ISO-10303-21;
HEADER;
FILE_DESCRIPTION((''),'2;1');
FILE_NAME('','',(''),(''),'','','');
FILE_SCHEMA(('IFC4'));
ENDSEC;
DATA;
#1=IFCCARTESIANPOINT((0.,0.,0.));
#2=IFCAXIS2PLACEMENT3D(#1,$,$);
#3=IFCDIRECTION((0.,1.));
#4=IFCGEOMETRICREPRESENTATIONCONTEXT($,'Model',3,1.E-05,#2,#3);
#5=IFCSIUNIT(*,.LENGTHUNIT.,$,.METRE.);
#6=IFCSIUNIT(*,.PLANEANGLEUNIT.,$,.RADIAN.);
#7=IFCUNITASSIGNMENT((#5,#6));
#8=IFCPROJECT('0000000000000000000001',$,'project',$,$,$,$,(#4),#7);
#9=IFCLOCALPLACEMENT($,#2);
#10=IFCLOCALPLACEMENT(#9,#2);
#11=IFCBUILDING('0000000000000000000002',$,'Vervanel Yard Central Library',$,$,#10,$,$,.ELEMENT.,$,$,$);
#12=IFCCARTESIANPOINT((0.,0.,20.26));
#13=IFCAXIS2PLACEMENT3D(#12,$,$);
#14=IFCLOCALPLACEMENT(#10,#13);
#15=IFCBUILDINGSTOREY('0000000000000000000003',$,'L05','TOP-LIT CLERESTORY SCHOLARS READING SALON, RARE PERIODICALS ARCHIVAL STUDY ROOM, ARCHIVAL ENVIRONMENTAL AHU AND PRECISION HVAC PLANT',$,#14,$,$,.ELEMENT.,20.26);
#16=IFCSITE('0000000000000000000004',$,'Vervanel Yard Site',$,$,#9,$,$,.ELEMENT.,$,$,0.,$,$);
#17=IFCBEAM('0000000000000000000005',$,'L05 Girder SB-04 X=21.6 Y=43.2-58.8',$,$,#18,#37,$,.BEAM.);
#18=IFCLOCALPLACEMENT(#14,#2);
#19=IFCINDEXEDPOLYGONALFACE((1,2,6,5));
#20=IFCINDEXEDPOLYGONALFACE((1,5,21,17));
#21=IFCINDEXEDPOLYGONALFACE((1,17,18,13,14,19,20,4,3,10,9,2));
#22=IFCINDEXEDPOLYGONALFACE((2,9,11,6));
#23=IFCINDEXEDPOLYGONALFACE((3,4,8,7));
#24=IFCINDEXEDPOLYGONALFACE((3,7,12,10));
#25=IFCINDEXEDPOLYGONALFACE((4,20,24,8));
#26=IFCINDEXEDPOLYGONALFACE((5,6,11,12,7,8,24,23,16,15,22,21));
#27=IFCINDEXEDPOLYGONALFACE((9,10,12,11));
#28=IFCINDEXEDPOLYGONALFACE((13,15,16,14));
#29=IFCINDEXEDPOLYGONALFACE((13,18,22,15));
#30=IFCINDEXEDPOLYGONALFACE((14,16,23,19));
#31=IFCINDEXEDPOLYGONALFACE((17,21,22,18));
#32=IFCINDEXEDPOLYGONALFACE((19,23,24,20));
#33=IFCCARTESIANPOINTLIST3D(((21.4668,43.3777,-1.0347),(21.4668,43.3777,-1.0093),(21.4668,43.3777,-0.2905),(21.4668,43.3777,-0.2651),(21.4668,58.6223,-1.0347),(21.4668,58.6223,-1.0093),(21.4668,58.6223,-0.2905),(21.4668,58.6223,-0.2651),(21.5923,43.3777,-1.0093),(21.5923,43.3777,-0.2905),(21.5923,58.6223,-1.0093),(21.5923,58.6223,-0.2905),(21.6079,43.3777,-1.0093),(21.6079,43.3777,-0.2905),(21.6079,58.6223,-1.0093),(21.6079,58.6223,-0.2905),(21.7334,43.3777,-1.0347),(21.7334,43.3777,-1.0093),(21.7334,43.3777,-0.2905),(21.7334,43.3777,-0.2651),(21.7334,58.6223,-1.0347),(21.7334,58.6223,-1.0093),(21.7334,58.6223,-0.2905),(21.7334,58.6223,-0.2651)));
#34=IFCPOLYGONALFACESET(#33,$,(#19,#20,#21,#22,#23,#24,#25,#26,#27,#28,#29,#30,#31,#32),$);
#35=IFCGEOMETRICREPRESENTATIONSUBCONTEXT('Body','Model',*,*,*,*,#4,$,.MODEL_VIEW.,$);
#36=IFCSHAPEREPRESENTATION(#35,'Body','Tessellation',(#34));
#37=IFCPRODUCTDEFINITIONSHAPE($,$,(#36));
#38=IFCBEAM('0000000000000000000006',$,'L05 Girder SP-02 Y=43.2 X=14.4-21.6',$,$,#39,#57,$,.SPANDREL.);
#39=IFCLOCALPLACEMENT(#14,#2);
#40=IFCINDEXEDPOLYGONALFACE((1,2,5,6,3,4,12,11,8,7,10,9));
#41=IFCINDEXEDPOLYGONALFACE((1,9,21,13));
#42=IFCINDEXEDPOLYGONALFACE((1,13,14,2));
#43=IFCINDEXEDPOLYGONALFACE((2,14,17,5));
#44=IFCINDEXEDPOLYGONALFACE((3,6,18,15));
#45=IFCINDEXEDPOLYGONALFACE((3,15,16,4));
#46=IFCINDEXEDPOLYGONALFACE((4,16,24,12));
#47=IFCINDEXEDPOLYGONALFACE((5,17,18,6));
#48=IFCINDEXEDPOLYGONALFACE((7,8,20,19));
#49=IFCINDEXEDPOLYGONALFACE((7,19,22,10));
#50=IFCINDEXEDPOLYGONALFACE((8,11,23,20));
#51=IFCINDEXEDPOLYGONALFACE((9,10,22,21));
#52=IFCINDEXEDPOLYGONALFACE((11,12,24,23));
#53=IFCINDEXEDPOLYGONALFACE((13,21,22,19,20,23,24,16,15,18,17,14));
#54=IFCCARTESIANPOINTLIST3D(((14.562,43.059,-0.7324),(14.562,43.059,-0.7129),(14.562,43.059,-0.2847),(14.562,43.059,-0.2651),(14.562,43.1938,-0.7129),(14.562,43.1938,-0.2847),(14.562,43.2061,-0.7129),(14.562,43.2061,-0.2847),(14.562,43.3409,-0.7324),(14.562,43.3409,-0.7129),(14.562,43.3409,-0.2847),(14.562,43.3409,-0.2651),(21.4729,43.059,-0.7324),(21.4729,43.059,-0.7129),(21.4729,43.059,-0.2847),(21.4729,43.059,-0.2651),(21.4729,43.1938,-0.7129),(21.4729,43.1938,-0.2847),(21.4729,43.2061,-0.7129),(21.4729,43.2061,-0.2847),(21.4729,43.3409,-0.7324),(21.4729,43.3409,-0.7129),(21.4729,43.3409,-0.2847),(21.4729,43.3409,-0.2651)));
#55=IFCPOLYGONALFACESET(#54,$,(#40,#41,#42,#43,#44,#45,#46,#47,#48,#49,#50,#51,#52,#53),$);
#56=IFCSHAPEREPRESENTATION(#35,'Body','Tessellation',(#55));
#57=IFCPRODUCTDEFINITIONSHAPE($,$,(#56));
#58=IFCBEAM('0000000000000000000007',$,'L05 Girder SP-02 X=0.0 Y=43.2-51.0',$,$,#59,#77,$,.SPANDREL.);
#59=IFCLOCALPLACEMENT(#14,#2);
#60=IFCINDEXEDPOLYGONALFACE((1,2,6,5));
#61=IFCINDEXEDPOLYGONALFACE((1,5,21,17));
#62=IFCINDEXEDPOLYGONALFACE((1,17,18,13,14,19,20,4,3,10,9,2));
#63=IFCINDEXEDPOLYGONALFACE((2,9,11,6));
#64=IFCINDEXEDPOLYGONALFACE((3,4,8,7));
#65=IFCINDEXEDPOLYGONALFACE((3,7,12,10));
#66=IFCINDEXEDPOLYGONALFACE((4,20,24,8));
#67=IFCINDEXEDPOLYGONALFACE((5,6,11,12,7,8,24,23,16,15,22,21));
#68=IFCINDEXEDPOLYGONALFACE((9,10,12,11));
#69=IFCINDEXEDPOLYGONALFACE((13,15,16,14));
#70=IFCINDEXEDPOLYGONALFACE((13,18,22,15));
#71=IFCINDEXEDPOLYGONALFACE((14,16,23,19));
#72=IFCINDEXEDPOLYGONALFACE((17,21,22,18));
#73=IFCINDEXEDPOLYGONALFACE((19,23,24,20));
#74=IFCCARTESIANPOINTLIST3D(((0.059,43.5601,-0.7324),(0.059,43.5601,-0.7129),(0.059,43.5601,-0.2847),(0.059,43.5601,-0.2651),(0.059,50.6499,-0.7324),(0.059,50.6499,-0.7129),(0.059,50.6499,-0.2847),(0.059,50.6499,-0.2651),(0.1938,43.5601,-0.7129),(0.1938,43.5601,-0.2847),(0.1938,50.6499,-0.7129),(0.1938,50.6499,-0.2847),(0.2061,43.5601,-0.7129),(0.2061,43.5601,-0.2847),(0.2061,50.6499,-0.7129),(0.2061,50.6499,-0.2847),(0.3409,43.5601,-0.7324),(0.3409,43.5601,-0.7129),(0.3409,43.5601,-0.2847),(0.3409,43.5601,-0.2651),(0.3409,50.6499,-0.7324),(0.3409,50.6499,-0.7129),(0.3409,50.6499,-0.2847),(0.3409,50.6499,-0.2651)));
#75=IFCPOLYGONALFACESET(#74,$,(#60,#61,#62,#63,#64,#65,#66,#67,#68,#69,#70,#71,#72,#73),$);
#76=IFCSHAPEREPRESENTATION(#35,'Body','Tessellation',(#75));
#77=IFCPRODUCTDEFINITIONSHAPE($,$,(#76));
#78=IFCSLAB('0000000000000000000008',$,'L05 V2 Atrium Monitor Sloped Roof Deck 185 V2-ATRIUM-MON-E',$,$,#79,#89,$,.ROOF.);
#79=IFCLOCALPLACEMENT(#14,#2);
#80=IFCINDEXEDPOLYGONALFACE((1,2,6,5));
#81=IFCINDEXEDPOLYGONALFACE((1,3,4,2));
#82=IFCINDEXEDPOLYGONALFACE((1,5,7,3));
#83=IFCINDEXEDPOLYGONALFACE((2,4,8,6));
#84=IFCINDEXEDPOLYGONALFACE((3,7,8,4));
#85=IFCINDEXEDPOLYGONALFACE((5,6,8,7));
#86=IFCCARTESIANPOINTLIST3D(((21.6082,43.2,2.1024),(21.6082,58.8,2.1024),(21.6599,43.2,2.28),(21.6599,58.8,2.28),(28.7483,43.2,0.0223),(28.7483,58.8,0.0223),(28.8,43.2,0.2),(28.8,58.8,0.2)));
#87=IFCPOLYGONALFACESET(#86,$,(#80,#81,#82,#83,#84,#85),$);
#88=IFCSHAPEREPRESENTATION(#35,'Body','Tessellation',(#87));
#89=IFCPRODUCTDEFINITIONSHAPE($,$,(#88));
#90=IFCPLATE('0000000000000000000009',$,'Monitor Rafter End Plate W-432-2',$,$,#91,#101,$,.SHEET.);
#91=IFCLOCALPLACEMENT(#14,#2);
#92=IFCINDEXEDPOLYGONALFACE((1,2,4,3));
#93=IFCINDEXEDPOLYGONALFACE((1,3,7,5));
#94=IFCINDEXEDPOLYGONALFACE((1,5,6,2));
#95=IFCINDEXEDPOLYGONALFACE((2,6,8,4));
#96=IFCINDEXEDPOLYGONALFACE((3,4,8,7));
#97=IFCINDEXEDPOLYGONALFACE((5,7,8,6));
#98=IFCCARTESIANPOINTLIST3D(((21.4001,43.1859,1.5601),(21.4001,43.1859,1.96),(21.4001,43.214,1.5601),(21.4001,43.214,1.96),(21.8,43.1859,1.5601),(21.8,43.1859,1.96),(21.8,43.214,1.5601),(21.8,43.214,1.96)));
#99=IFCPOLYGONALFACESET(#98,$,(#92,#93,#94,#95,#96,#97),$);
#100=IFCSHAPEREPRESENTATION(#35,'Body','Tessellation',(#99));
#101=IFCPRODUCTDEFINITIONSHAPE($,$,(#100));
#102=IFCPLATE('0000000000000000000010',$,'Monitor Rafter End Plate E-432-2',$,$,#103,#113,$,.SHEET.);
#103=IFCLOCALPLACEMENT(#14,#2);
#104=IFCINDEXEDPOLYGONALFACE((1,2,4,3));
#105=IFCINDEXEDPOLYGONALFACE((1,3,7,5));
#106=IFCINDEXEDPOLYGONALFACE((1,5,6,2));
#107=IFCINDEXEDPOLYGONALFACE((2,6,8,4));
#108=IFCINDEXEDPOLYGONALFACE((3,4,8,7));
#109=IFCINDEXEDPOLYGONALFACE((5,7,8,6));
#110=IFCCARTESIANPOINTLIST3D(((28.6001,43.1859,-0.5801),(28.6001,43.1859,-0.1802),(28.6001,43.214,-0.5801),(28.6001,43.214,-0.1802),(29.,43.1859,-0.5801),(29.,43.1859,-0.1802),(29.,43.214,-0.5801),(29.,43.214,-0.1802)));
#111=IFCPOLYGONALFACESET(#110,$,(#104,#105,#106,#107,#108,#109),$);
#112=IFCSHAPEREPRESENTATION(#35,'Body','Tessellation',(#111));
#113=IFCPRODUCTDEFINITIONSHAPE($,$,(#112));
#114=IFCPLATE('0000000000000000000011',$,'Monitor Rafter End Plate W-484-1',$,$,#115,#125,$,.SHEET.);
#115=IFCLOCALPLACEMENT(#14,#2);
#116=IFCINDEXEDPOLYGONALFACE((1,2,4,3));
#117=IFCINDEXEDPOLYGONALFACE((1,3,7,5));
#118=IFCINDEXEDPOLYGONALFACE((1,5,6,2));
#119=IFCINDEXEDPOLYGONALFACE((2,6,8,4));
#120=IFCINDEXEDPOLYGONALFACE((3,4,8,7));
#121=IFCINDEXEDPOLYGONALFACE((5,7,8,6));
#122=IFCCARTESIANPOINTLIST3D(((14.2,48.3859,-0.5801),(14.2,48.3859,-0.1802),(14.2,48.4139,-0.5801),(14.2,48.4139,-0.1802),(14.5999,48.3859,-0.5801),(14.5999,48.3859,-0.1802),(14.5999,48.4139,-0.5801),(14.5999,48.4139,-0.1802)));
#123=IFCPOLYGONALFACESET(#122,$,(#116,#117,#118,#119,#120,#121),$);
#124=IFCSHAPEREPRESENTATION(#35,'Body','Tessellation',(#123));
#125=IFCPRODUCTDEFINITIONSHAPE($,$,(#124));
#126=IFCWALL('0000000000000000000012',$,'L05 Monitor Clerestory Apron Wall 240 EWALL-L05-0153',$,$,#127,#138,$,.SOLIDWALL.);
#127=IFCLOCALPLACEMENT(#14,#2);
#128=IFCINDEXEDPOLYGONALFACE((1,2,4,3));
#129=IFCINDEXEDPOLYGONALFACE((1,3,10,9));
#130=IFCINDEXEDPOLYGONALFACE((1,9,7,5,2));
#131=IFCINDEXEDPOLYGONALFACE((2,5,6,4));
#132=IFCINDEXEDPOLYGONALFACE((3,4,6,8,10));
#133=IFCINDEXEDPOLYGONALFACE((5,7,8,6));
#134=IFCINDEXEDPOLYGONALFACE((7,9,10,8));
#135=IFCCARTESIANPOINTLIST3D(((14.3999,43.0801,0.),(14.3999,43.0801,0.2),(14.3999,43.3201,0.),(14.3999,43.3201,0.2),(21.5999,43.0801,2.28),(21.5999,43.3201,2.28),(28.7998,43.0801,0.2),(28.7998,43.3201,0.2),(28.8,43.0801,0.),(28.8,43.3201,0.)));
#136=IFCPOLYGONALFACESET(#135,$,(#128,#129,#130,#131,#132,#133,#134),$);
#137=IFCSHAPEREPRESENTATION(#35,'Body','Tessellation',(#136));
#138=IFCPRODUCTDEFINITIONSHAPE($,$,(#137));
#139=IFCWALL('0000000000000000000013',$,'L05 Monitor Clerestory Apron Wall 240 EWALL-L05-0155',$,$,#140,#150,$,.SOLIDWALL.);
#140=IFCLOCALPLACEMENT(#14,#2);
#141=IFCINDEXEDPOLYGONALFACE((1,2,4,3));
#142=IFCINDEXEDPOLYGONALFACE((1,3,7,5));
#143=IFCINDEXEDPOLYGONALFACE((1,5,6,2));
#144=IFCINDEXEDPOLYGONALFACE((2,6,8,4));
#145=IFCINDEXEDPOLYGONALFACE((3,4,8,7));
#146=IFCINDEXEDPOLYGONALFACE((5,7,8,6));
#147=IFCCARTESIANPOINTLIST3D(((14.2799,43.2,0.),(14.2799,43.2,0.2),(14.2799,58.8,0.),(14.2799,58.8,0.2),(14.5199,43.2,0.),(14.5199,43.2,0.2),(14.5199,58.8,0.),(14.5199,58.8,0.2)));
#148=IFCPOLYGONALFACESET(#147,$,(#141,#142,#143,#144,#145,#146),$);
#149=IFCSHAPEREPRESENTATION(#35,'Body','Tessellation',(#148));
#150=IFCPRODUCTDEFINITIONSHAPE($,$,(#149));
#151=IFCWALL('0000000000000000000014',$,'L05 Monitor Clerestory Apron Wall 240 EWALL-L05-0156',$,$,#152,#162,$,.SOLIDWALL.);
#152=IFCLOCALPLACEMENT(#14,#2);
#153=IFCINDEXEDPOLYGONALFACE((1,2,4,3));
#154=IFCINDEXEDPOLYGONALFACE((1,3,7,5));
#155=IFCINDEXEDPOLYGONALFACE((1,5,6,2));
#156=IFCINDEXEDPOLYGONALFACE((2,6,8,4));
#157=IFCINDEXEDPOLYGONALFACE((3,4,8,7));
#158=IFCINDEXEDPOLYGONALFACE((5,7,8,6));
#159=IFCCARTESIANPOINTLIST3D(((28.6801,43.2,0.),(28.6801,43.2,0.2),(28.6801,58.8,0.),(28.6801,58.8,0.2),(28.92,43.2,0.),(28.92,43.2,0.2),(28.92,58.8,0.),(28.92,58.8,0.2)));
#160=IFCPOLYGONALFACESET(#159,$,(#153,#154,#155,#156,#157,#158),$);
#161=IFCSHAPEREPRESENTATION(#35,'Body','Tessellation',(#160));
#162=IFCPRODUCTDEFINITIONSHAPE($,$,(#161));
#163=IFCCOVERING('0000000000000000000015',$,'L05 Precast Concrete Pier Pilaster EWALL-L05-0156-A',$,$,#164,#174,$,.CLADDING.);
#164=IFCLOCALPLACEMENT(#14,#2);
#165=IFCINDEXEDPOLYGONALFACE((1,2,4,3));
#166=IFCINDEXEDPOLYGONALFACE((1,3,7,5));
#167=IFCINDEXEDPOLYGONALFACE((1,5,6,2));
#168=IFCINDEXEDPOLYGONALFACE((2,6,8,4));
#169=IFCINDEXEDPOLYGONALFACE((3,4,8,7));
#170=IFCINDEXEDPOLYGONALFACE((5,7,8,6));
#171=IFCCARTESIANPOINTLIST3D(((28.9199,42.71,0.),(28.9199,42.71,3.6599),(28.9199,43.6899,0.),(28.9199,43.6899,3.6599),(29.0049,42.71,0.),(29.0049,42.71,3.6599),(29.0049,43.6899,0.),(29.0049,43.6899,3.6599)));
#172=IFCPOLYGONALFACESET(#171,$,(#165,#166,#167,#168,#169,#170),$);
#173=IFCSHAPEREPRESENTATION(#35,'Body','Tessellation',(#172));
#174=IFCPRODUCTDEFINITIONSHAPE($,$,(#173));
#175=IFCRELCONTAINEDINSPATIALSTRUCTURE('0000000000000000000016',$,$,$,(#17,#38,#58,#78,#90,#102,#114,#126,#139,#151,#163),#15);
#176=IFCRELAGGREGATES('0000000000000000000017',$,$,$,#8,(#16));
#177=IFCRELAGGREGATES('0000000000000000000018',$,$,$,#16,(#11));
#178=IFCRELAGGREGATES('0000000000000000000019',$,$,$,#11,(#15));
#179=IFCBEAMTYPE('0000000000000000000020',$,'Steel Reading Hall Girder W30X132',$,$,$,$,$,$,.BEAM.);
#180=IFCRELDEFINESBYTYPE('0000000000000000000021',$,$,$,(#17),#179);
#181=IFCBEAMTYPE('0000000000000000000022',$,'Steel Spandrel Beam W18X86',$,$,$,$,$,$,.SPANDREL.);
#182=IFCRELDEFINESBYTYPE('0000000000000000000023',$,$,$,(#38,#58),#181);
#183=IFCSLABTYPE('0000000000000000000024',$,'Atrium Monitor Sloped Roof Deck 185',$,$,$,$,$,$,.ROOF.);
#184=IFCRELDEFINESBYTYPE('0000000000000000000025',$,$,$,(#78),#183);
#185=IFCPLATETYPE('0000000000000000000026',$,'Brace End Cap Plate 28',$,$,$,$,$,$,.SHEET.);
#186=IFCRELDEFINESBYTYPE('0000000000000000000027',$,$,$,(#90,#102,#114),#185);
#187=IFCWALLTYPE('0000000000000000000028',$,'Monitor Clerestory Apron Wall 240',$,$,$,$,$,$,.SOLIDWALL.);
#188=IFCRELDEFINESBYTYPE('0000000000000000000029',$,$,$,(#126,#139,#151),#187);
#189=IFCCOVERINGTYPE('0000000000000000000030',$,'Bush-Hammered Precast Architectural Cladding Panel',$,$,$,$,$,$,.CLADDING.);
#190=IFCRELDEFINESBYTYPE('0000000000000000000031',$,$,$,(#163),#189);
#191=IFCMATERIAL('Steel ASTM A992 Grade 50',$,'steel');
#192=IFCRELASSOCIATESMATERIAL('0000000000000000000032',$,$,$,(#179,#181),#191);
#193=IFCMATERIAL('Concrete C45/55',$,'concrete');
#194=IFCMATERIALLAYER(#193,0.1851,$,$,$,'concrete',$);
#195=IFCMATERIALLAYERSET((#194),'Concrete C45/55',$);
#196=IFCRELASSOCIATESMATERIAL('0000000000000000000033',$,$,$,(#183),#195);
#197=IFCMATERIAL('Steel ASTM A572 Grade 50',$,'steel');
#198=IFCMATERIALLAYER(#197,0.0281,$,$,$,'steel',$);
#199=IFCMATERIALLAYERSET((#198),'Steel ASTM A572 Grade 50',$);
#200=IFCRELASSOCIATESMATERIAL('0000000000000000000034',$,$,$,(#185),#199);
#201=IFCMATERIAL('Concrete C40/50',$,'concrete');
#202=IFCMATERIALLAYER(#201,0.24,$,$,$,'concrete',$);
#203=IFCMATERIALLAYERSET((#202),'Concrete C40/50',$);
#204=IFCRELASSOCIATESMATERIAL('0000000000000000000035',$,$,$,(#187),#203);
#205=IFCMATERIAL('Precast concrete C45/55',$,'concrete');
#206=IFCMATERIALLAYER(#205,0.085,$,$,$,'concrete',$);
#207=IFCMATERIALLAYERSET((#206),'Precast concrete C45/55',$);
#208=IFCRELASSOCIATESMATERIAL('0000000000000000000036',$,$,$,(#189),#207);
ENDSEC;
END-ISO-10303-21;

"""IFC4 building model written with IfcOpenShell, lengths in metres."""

from ifc_helpers import new_model, si_unit, direction, frame, frame_2d, origin, origin_2d, place, context, subcontext, project, spatial, polyline, rectangle, i_section, outline, extrude, material, layer, layer_set, material_profile, profile_set, type_object, element, save


model = new_model("IFC4")

# Units and contexts
model_context = context("Model", 3, precision=1e-05, world=origin(), true_north=direction((0.0, 1.0)))
body_context = subcontext(model_context, "Body", "Model", "MODEL_VIEW")
ifc_project = project(units=[si_unit("LENGTHUNIT", "METRE"), si_unit("PLANEANGLEUNIT", "RADIAN")], contexts=[model_context])

# Site, building, storey
site_placement = place(None, origin())
site = spatial("IfcSite", under=ifc_project, at=site_placement, Name="Vervanel Yard Site", CompositionType="ELEMENT", RefElevation=0.0)
building_placement = place(site_placement, origin())
building = spatial("IfcBuilding", under=site, at=building_placement, Name="Vervanel Yard Central Library", CompositionType="ELEMENT")
storey_placement = place(building_placement, frame((0.0, 0.0, 20.26)))
storey = spatial("IfcBuildingStorey", under=building, at=storey_placement, Name="L05", Description="TOP-LIT CLERESTORY SCHOLARS READING SALON, RARE PERIODICALS ARCHIVAL STUDY ROOM, ARCHIVAL ENVIRONMENTAL AHU AND PRECISION HVAC PLANT", CompositionType="ELEMENT", Elevation=20.26)

# Beams
ifc_material_1 = material(Name="Steel ASTM A992 Grade 50", Category="steel")
ifc_material_profile_1 = material_profile(ifc_material_1, i_section(OverallWidth=0.2666, OverallDepth=0.7695, WebThickness=0.0156, FlangeThickness=0.0254, at=origin_2d()), Name="W30X132", Category="steel")
ifc_profile_set_1 = profile_set([ifc_material_profile_1], Name="Steel ASTM A992 Grade 50")
beam_type_1 = type_object("IfcBeamType", Name="Steel Reading Hall Girder W30X132", PredefinedType="BEAM", material=ifc_profile_set_1)
beam_1_placement = place(storey_placement, frame((21.6001, 43.3777, -0.6499), z_axis=(0.0, 1.0, 0.0), x_axis=(-1.0, 0.0, 0.0)))
element("IfcBeam", 1, at=beam_1_placement, inside=storey, type_object=beam_type_1, Name="L05 Girder SB-04 X=21.6 Y=43.2-58.8", PredefinedType="BEAM", context=body_context, shape_type="SweptSolid", body=[
    extrude(i_section(OverallWidth=0.2666, OverallDepth=0.7695, WebThickness=0.0156, FlangeThickness=0.0254, at=origin_2d()), origin(), (0.0, 0.0, 1.0), 15.2446),
])
ifc_material_profile_2 = material_profile(ifc_material_1, i_section(OverallWidth=0.282, OverallDepth=0.4673, WebThickness=0.0122, FlangeThickness=0.0195, at=origin_2d()), Name="W18X86", Category="steel")
ifc_profile_set_2 = profile_set([ifc_material_profile_2], Name="Steel ASTM A992 Grade 50")
beam_type_2 = type_object("IfcBeamType", Name="Steel Spandrel Beam W18X86", PredefinedType="SPANDREL", material=ifc_profile_set_2)
beam_2_placement = place(storey_placement, frame((14.562, 43.2, -0.4988), z_axis=(1.0, 0.0, 0.0), x_axis=(0.0, 1.0, 0.0)))
element("IfcBeam", 2, at=beam_2_placement, inside=storey, type_object=beam_type_2, Name="L05 Girder SP-02 Y=43.2 X=14.4-21.6", PredefinedType="SPANDREL", context=body_context, shape_type="SweptSolid", body=[
    extrude(i_section(OverallWidth=0.282, OverallDepth=0.4673, WebThickness=0.0122, FlangeThickness=0.0195, at=origin_2d()), origin(), (0.0, 0.0, 1.0), 6.9109),
])
beam_3_placement = place(storey_placement, frame((0.2, 43.5601, -0.4988), z_axis=(0.0, 1.0, 0.0), x_axis=(-1.0, 0.0, 0.0)))
element("IfcBeam", 3, at=beam_3_placement, inside=storey, type_object=beam_type_2, Name="L05 Girder SP-02 X=0.0 Y=43.2-51.0", PredefinedType="SPANDREL", context=body_context, shape_type="SweptSolid", body=[
    extrude(i_section(OverallWidth=0.282, OverallDepth=0.4673, WebThickness=0.0122, FlangeThickness=0.0195, at=origin_2d()), origin(), (0.0, 0.0, 1.0), 7.0898),
])

# Slab
ifc_material_2 = material(Name="Concrete C45/55", Category="concrete")
ifc_layer_1 = layer(ifc_material_2, 0.1851, Category="concrete")
ifc_layer_set_1 = layer_set([ifc_layer_1], Name="Concrete C45/55")
slab_type = type_object("IfcSlabType", Name="Atrium Monitor Sloped Roof Deck 185", PredefinedType="ROOF", material=ifc_layer_set_1)
slab_placement = place(storey_placement, frame((21.6599, 43.2, 2.28), z_axis=(0.279695, 0.0, 0.960089), x_axis=(0.960089, 0.0, -0.279695)))
element("IfcSlab", 4, at=slab_placement, inside=storey, type_object=slab_type, Name="L05 V2 Atrium Monitor Sloped Roof Deck 185 V2-ATRIUM-MON-E", PredefinedType="ROOF", context=body_context, shape_type="SweptSolid", body=[
    extrude(outline(polyline([(0.0, 0.0), (7.437, 0.0), (7.437, 15.6001), (0.0, 15.6001), (0.0, 0.0)])), origin(), (0.0, 0.0, -1.0), 0.1851),
])

# Plates
ifc_material_3 = material(Name="Steel ASTM A572 Grade 50", Category="steel")
ifc_layer_2 = layer(ifc_material_3, 0.0281, Category="steel")
ifc_layer_set_2 = layer_set([ifc_layer_2], Name="Steel ASTM A572 Grade 50")
plate_type = type_object("IfcPlateType", Name="Brace End Cap Plate 28", PredefinedType="SHEET", material=ifc_layer_set_2)
for number, where, z_axis, x_axis, name in (
    (5, (21.6001, 43.2, 1.5601), (0.0, 0.0, 1.0), (1.0, 0.0, 0.0), "Monitor Rafter End Plate W-432-2"),
    (6, (28.8, 43.2, -0.5801), (0.0, 0.0, 1.0), (1.0, 0.0, 0.0), "Monitor Rafter End Plate E-432-2"),
    (7, (14.3999, 48.3999, -0.5801), (0.0, 0.0, 1.0), (1.0, 0.0, 0.0), "Monitor Rafter End Plate W-484-1"),
):
    element("IfcPlate", number, at=place(storey_placement, frame(where, z_axis=z_axis, x_axis=x_axis)), inside=storey, type_object=plate_type, Name=name, PredefinedType="SHEET", context=body_context, shape_type="SweptSolid", body=[
        extrude(rectangle(XDim=0.3999, YDim=0.0281, at=origin_2d()), origin(), (0.0, 0.0, 1.0), 0.3999),
    ])

# Walls
ifc_material_4 = material(Name="Concrete C40/50", Category="concrete")
ifc_layer_3 = layer(ifc_material_4, 0.24, Category="concrete")
ifc_layer_set_3 = layer_set([ifc_layer_3], Name="Concrete C40/50")
wall_type = type_object("IfcWallType", Name="Monitor Clerestory Apron Wall 240", PredefinedType="SOLIDWALL", material=ifc_layer_set_3)
wall_placement = place(storey_placement, frame((14.3999, 43.2, 0.0), z_axis=(0.0, 0.0, 1.0), x_axis=(1.0, 0.0, 0.0)))
element("IfcWall", 8, at=wall_placement, inside=storey, type_object=wall_type, Name="L05 Monitor Clerestory Apron Wall 240 EWALL-L05-0153", PredefinedType="SOLIDWALL", context=body_context, shape_type="SweptSolid", body=[
    extrude(outline(polyline([(0.0, 0.0), (14.4001, 0.0), (14.3999, 0.2), (7.2, 2.28), (0.0, 0.2), (0.0, 0.0)])), frame((0.0, 0.1201, 0.0), z_axis=(0.0, -1.0, 0.0), x_axis=(1.0, 0.0, 0.0)), (0.0, 0.0, 1.0), 0.24),
])
for number, where, z_axis, x_axis, name in (
    (9, (14.3999, 43.2, 0.0), (0.0, 0.0, 1.0), (0.0, 1.0, 0.0), "L05 Monitor Clerestory Apron Wall 240 EWALL-L05-0155"),
    (10, (28.8, 43.2, 0.0), (0.0, 0.0, 1.0), (0.0, 1.0, 0.0), "L05 Monitor Clerestory Apron Wall 240 EWALL-L05-0156"),
):
    element("IfcWall", number, at=place(storey_placement, frame(where, z_axis=z_axis, x_axis=x_axis)), inside=storey, type_object=wall_type, Name=name, PredefinedType="SOLIDWALL", context=body_context, shape_type="SweptSolid", body=[
        extrude(rectangle(XDim=15.6001, YDim=0.24, at=frame_2d((7.8, 0.0))), origin(), (0.0, 0.0, 1.0), 0.2),
    ])

# Covering
ifc_material_5 = material(Name="Precast concrete C45/55", Category="concrete")
ifc_layer_4 = layer(ifc_material_5, 0.085, Category="concrete")
ifc_layer_set_4 = layer_set([ifc_layer_4], Name="Precast concrete C45/55")
covering_type = type_object("IfcCoveringType", Name="Bush-Hammered Precast Architectural Cladding Panel", PredefinedType="CLADDING", material=ifc_layer_set_4)
covering_placement = place(storey_placement, frame((28.9624, 43.2, 0.0), z_axis=(0.0, 0.0, 1.0), x_axis=(0.0, 1.0, 0.0)))
element("IfcCovering", 11, at=covering_placement, inside=storey, type_object=covering_type, Name="L05 Precast Concrete Pier Pilaster EWALL-L05-0156-A", PredefinedType="CLADDING", context=body_context, shape_type="SweptSolid", body=[
    extrude(rectangle(XDim=0.98, YDim=0.085, at=origin_2d()), origin(), (0.0, 0.0, 1.0), 3.6599),
])

save(model, "model.ifc")
